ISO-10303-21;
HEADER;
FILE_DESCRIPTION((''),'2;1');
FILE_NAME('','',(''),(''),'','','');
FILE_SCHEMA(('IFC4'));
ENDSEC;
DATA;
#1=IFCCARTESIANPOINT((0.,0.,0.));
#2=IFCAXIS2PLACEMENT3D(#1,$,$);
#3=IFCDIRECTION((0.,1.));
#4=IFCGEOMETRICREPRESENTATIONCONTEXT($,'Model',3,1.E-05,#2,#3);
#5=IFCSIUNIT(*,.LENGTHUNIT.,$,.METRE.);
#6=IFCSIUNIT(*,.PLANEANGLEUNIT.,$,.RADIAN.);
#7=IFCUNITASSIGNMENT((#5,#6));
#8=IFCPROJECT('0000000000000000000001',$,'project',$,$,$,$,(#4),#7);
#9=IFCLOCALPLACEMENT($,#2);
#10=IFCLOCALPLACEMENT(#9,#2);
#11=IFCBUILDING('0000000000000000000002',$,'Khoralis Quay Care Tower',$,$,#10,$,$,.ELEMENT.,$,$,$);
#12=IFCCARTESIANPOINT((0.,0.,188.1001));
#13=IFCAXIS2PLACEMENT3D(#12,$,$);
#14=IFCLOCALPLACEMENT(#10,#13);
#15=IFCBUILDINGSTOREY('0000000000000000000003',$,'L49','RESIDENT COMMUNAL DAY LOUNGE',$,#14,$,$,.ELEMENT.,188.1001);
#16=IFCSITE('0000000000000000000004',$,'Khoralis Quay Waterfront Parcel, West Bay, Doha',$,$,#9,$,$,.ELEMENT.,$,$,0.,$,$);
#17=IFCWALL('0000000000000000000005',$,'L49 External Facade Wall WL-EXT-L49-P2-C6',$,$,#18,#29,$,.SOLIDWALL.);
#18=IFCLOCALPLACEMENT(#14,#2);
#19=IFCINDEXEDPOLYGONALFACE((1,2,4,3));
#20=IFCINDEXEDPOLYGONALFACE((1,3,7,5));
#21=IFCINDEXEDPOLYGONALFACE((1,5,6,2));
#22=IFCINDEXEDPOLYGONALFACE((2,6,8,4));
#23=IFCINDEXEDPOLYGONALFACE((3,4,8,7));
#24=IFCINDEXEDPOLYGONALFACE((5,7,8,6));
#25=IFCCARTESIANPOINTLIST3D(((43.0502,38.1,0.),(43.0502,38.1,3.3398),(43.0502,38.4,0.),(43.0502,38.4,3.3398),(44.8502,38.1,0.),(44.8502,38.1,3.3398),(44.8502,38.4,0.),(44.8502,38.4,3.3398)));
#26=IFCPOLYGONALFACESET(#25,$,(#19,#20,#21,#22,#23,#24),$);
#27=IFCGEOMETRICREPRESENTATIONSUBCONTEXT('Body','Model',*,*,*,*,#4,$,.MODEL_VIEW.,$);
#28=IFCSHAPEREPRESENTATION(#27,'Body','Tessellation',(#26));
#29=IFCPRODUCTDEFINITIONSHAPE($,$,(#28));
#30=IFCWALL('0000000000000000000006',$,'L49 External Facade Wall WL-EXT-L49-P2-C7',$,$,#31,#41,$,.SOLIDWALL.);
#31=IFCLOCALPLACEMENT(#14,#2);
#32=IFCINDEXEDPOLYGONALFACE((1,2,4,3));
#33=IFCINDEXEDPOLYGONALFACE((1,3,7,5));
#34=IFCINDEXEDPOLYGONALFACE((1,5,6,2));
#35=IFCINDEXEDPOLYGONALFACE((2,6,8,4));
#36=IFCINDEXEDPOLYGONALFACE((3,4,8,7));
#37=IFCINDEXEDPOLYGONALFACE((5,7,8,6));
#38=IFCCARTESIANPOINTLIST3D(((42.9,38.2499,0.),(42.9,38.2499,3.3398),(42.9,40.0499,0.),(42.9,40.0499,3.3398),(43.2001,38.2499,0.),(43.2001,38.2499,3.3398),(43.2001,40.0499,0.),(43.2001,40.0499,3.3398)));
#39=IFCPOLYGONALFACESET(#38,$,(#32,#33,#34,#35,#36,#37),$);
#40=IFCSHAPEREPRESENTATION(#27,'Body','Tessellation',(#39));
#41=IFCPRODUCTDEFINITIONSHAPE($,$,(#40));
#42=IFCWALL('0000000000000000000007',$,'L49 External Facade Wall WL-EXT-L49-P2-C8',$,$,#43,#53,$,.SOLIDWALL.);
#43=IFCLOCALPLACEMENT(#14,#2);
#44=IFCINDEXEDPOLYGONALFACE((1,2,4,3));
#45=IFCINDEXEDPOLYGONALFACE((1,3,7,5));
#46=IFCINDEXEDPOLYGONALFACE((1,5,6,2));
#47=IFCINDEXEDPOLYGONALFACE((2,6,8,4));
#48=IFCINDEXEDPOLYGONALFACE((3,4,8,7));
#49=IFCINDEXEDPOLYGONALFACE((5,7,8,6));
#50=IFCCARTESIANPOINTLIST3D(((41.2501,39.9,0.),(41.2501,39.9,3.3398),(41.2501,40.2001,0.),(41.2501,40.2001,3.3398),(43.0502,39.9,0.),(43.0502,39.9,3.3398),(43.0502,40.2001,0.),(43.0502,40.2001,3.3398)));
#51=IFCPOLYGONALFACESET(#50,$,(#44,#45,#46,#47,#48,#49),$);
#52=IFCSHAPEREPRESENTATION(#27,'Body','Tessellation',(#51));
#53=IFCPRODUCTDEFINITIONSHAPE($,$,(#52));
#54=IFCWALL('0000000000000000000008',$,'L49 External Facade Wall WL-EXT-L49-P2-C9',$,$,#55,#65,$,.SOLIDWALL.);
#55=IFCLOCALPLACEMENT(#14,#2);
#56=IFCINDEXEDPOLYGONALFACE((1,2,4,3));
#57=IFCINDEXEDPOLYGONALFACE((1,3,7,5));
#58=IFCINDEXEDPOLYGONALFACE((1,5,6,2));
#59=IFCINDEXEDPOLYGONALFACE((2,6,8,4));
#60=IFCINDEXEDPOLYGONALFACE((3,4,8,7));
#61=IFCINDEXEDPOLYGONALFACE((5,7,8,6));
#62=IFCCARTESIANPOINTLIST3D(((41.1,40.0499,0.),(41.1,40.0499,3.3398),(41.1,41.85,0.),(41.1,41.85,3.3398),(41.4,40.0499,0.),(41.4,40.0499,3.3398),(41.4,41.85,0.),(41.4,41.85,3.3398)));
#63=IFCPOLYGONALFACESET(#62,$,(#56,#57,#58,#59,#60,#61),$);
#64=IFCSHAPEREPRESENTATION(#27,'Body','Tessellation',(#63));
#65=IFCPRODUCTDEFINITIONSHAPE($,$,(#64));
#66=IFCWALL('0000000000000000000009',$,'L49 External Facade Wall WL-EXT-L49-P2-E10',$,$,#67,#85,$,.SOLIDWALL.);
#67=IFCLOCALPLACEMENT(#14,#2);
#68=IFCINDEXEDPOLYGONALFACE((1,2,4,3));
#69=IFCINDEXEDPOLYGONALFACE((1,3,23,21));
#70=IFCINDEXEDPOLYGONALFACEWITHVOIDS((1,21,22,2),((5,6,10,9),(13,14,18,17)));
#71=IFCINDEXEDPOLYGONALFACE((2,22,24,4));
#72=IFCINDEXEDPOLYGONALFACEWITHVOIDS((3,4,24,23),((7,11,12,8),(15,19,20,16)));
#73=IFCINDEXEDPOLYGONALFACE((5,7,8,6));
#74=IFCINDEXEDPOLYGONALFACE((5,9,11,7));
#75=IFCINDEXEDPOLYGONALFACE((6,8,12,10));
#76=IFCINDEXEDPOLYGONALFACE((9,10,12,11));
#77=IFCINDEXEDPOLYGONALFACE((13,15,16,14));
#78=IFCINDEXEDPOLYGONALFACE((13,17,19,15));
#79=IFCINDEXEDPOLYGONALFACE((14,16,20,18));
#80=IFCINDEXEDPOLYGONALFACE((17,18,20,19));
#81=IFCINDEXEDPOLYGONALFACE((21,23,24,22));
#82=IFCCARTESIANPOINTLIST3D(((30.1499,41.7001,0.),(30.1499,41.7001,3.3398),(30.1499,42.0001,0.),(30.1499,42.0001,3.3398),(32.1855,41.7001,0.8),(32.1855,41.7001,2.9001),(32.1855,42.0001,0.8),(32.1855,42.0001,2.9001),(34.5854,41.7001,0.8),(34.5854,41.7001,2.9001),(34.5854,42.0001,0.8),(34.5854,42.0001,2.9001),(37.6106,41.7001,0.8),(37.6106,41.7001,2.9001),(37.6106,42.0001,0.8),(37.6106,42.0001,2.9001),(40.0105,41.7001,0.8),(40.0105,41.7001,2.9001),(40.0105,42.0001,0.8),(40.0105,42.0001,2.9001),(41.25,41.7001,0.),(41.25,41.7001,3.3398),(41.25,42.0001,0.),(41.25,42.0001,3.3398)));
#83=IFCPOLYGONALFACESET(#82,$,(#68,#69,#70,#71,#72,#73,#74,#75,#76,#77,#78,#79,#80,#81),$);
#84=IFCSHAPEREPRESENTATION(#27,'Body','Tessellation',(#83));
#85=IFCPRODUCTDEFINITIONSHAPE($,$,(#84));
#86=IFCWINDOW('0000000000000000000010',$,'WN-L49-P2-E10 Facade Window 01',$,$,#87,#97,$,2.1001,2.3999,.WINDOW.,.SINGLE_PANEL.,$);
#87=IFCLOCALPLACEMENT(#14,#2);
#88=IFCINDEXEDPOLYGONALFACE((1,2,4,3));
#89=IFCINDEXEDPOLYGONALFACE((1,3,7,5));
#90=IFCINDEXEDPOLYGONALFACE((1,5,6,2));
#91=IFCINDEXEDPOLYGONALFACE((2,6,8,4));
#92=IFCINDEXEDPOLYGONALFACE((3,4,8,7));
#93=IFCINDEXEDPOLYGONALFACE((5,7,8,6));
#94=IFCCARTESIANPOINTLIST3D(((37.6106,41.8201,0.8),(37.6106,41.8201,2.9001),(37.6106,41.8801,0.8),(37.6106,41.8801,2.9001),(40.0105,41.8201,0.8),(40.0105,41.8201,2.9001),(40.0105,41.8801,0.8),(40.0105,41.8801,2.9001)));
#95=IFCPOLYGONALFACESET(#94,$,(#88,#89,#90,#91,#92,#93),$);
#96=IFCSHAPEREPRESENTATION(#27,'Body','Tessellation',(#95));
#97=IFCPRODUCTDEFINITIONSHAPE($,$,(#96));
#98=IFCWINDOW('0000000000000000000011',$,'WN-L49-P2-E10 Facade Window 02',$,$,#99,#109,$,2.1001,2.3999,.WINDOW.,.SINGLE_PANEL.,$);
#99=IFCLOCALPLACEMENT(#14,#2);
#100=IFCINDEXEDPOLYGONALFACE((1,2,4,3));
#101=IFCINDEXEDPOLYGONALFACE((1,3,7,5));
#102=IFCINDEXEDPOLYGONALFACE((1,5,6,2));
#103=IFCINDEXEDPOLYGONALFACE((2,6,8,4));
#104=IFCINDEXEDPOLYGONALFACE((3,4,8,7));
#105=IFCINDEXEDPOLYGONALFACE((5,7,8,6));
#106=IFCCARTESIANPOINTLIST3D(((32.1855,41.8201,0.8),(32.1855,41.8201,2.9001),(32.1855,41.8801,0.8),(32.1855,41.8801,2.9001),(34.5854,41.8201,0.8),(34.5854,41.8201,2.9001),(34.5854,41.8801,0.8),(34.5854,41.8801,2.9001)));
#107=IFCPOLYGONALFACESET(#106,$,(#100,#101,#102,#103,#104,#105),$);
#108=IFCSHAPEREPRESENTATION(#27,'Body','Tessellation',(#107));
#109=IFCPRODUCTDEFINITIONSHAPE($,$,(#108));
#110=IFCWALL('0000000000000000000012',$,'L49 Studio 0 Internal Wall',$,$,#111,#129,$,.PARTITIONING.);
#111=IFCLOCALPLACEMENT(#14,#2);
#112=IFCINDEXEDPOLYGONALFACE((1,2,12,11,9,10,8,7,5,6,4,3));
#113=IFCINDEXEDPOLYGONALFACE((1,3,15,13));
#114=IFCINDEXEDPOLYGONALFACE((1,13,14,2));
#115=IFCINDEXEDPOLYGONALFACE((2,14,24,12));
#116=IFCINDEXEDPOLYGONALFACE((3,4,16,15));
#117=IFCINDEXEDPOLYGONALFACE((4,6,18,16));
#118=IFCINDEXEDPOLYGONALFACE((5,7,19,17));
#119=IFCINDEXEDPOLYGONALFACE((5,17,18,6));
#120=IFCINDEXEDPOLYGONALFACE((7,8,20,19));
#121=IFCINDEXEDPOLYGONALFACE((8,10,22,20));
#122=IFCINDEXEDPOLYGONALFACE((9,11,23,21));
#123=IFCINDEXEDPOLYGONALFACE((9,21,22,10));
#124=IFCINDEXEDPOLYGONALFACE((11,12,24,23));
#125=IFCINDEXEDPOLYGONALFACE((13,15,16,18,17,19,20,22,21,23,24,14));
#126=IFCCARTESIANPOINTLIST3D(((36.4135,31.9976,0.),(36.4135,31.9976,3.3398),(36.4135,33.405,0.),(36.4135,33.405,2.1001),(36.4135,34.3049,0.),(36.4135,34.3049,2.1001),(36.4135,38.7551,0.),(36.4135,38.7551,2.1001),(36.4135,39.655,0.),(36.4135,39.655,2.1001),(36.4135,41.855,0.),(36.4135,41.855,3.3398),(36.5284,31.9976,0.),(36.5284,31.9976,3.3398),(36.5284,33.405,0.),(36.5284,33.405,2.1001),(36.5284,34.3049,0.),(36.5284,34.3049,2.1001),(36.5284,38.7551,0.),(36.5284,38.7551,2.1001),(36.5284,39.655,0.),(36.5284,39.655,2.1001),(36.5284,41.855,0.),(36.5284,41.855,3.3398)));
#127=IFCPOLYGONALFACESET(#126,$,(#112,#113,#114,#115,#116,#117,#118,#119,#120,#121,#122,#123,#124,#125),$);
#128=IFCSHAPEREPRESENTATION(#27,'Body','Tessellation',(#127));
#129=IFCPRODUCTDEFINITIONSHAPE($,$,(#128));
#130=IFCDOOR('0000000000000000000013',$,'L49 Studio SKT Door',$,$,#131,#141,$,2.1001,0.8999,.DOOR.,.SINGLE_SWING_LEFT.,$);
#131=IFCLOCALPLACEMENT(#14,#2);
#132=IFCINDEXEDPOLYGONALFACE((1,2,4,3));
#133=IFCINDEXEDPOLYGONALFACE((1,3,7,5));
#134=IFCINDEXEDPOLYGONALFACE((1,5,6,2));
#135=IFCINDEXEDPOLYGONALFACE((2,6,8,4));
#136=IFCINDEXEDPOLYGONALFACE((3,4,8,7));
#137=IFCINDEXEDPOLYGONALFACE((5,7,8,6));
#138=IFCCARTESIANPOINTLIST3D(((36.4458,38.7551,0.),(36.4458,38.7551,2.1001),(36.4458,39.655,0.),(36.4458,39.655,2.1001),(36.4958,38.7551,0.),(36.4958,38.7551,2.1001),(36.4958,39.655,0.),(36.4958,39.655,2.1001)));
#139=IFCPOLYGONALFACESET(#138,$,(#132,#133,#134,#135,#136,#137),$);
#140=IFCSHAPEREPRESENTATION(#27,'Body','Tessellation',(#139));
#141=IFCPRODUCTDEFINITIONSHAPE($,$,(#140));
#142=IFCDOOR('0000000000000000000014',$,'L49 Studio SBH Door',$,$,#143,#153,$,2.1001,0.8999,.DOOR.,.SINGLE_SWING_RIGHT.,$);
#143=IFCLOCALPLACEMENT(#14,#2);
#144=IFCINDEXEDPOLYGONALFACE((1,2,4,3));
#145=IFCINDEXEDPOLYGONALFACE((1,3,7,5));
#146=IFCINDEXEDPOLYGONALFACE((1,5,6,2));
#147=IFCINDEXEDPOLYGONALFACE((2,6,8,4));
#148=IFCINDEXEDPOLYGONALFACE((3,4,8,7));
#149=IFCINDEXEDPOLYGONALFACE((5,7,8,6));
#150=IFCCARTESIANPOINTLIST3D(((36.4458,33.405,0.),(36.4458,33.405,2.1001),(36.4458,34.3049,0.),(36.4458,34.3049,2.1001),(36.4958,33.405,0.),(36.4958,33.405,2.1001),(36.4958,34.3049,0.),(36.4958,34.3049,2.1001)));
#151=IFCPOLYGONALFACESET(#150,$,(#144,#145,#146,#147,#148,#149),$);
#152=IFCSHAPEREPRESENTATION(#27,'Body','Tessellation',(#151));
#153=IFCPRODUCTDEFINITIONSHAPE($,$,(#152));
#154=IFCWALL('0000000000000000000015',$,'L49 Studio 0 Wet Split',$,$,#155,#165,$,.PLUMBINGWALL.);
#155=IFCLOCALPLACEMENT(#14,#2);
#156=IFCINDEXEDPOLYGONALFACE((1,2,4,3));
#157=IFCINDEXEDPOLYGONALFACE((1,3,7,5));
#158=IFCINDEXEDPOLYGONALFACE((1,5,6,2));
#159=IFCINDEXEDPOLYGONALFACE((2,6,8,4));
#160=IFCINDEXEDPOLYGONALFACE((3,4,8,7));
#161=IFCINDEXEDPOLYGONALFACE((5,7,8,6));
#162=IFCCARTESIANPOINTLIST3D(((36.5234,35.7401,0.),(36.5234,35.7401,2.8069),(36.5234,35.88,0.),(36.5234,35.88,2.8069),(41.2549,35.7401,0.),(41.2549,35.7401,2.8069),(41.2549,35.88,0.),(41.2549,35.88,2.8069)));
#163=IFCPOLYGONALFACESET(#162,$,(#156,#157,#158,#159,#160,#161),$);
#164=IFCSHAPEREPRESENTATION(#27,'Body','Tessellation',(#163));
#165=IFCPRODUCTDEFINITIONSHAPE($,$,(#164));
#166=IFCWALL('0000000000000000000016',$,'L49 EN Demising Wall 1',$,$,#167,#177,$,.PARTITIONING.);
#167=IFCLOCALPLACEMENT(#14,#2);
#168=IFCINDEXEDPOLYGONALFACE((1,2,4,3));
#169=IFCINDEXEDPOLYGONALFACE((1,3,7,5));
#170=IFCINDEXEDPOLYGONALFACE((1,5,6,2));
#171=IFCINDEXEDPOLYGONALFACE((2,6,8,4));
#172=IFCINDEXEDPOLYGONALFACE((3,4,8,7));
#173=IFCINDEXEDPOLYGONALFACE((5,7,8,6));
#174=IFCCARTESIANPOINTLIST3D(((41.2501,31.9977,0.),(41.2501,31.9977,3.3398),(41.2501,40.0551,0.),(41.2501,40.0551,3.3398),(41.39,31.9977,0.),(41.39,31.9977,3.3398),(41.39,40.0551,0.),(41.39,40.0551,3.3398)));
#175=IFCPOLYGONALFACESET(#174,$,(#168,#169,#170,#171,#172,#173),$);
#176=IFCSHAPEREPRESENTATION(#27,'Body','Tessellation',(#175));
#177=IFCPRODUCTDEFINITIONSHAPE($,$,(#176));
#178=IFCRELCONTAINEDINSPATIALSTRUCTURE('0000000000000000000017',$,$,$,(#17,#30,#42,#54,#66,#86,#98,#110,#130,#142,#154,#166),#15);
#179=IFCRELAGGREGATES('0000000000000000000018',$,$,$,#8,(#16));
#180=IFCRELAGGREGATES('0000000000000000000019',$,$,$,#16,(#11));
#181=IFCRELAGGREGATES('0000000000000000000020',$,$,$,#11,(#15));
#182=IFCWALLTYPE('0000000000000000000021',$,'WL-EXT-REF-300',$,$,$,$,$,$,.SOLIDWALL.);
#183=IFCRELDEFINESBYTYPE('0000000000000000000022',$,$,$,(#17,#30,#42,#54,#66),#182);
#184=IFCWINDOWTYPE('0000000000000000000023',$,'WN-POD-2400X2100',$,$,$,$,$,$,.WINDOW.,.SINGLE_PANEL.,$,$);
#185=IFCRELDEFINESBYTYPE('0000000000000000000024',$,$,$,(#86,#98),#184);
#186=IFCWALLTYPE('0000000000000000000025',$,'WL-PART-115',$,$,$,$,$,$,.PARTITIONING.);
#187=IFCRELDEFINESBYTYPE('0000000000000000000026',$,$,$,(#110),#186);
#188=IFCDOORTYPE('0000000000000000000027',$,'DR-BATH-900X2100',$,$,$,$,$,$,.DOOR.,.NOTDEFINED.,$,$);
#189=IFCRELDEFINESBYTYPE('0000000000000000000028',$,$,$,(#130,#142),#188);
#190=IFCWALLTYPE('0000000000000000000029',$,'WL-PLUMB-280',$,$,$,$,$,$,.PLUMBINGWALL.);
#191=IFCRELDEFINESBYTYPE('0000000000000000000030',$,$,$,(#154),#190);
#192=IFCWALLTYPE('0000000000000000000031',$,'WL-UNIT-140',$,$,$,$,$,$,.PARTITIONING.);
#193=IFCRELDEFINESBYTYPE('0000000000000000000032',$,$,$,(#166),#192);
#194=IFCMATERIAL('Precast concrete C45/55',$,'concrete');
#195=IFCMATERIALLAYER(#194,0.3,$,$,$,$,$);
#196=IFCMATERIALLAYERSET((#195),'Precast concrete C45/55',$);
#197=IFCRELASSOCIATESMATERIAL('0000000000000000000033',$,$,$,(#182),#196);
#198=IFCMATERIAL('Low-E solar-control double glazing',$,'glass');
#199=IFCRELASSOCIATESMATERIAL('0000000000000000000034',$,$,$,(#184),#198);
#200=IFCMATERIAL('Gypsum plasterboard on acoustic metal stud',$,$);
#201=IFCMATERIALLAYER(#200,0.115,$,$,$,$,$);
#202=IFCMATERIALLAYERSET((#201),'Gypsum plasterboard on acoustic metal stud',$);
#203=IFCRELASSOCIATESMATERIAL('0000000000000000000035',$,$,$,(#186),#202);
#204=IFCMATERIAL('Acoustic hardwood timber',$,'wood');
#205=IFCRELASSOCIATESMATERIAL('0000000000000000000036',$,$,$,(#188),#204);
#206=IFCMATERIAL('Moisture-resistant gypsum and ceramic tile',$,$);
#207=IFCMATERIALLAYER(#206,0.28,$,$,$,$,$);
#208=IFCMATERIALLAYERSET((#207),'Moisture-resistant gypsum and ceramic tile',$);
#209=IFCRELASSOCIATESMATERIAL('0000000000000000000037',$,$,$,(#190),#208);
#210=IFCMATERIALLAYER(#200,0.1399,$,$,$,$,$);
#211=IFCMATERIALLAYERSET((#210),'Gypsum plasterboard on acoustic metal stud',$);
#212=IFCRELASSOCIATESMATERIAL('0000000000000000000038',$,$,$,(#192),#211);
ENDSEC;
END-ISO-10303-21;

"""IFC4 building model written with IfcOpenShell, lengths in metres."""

from ifc_helpers import new_model, si_unit, direction, frame, frame_2d, origin, place, context, subcontext, project, spatial, rectangle, extrude, source, transform, mapped, material, layer, layer_set, type_object, element, fill, save


model = new_model("IFC4")

# Units and contexts
model_context = context("Model", 3, precision=1e-05, world=origin(), true_north=direction((0.0, 1.0)))
body_context = subcontext(model_context, "Body", "Model", "MODEL_VIEW")
ifc_project = project(units=[si_unit("LENGTHUNIT", "METRE"), si_unit("PLANEANGLEUNIT", "RADIAN")], contexts=[model_context])

# Site, building, storey
site_placement = place(None, origin())
site = spatial("IfcSite", under=ifc_project, at=site_placement, Name="Khoralis Quay Waterfront Parcel, West Bay, Doha", CompositionType="ELEMENT", RefElevation=0.0)
building_placement = place(site_placement, origin())
building = spatial("IfcBuilding", under=site, at=building_placement, Name="Khoralis Quay Care Tower", CompositionType="ELEMENT")
storey_placement = place(building_placement, frame((0.0, 0.0, 188.1001)))
storey = spatial("IfcBuildingStorey", under=building, at=storey_placement, Name="L49", Description="RESIDENT COMMUNAL DAY LOUNGE", CompositionType="ELEMENT", Elevation=188.1001)

# Shared definitions
ifc_material_1 = material(Name="Gypsum plasterboard on acoustic metal stud")

# Walls
ifc_material_2 = material(Name="Precast concrete C45/55", Category="concrete")
ifc_layer_1 = layer(ifc_material_2, 0.3)
ifc_layer_set_1 = layer_set([ifc_layer_1], Name="Precast concrete C45/55")
wall_type_1 = type_object("IfcWallType", Name="WL-EXT-REF-300", PredefinedType="SOLIDWALL", material=ifc_layer_set_1)
for number, where, z_axis, x_axis, name in (
    (1, (44.8501, 38.25, 0.0), (0.0, 0.0, 1.0), (-1.0, 0.0, 0.0), "L49 External Facade Wall WL-EXT-L49-P2-C6"),
    (2, (43.05, 38.25, 0.0), (0.0, 0.0, 1.0), (0.0, 1.0, 0.0), "L49 External Facade Wall WL-EXT-L49-P2-C7"),
    (3, (43.05, 40.05, 0.0), (0.0, 0.0, 1.0), (-1.0, 0.0, 0.0), "L49 External Facade Wall WL-EXT-L49-P2-C8"),
    (4, (41.25, 40.05, 0.0), (0.0, 0.0, 1.0), (0.0, 1.0, 0.0), "L49 External Facade Wall WL-EXT-L49-P2-C9"),
):
    element("IfcWall", number, at=place(storey_placement, frame(where, z_axis=z_axis, x_axis=x_axis)), inside=storey, type_object=wall_type_1, Name=name, PredefinedType="SOLIDWALL", context=body_context, shape_type="SweptSolid", body=[
        extrude(rectangle(XDim=1.8, YDim=0.3, at=frame_2d((0.8999, 0.0))), origin(), (0.0, 0.0, 1.0), 3.3398),
    ])

# Wall, openings, windows
wall_1_placement = place(storey_placement, frame((41.25, 41.8501, 0.0), z_axis=(0.0, 0.0, 1.0), x_axis=(-1.0, 0.0, 0.0)))
wall_1 = element("IfcWall", 5, at=wall_1_placement, inside=storey, type_object=wall_type_1, Name="L49 External Facade Wall WL-EXT-L49-P2-E10", PredefinedType="SOLIDWALL", context=body_context, shape_type="SweptSolid", body=[
    extrude(rectangle(XDim=11.1001, YDim=0.3, at=frame_2d((5.55, 0.0))), origin(), (0.0, 0.0, 1.0), 3.3398),
])
opening_1_placement = place(wall_1_placement, frame((1.2395, 0.0, 0.8)))
opening_1 = element("IfcOpeningElement", 6, at=opening_1_placement, cuts=wall_1, PredefinedType="OPENING", context=body_context, shape_type="SweptSolid", body=[
    extrude(rectangle(XDim=2.3999, YDim=2.1001, at=frame_2d((1.2, 1.05))), frame((0.0, 0.1602, 0.0), z_axis=(0.0, -1.0, 0.0), x_axis=(1.0, 0.0, 0.0)), (0.0, 0.0, 1.0), 0.3201),
])
opening_2_placement = place(wall_1_placement, frame((6.6646, 0.0, 0.8)))
opening_2 = element("IfcOpeningElement", 7, at=opening_2_placement, cuts=wall_1, PredefinedType="OPENING", context=body_context, shape_type="SweptSolid", body=[
    extrude(rectangle(XDim=2.3999, YDim=2.1001, at=frame_2d((1.2, 1.05))), frame((0.0, 0.1602, 0.0), z_axis=(0.0, -1.0, 0.0), x_axis=(1.0, 0.0, 0.0)), (0.0, 0.0, 1.0), 0.3201),
])
ifc_material_3 = material(Name="Low-E solar-control double glazing", Category="glass")
window_type = type_object("IfcWindowType", Name="WN-POD-2400X2100", PartitioningType="SINGLE_PANEL", PredefinedType="WINDOW", material=ifc_material_3)
shared_shape_1 = source(origin(), body_context, "Body", "SweptSolid", [
    extrude(rectangle(XDim=2.3999, YDim=2.1001, at=frame_2d((1.2, 1.05))), frame((0.0, 0.03, 0.0), z_axis=(0.0, -1.0, 0.0), x_axis=(1.0, 0.0, 0.0)), (0.0, 0.0, 1.0), 0.0601),
])
window_1_placement = place(opening_1_placement, origin())
window_1 = element("IfcWindow", 8, at=window_1_placement, inside=storey, type_object=window_type, Name="WN-L49-P2-E10 Facade Window 01", OverallHeight=2.1001, OverallWidth=2.3999, PartitioningType="SINGLE_PANEL", PredefinedType="WINDOW", context=body_context, shape_type="MappedRepresentation", body=[
    mapped(shared_shape_1, transform((0.0, 0.0, 0.0), scale=1.0)),
])
fill(opening_1, window_1)
window_2_placement = place(opening_2_placement, origin())
window_2 = element("IfcWindow", 9, at=window_2_placement, inside=storey, type_object=window_type, Name="WN-L49-P2-E10 Facade Window 02", OverallHeight=2.1001, OverallWidth=2.3999, PartitioningType="SINGLE_PANEL", PredefinedType="WINDOW", context=body_context, shape_type="MappedRepresentation", body=[
    mapped(shared_shape_1, transform((0.0, 0.0, 0.0), scale=1.0)),
])
fill(opening_2, window_2)

# Wall, openings, doors
ifc_layer_2 = layer(ifc_material_1, 0.115)
ifc_layer_set_2 = layer_set([ifc_layer_2], Name="Gypsum plasterboard on acoustic metal stud")
wall_type_2 = type_object("IfcWallType", Name="WL-PART-115", PredefinedType="PARTITIONING", material=ifc_layer_set_2)
wall_2_placement = place(storey_placement, frame((36.4709, 31.9976, 0.0), z_axis=(0.0, 0.0, 1.0), x_axis=(0.0, 1.0, 0.0)))
wall_2 = element("IfcWall", 10, at=wall_2_placement, inside=storey, type_object=wall_type_2, Name="L49 Studio 0 Internal Wall", PredefinedType="PARTITIONING", context=body_context, shape_type="SweptSolid", body=[
    extrude(rectangle(XDim=9.8574, YDim=0.115, at=frame_2d((4.9287, 0.0))), origin(), (0.0, 0.0, 1.0), 3.3398),
])
opening_3_placement = place(wall_2_placement, frame((6.7576, 0.0, 0.0)))
opening_3 = element("IfcOpeningElement", 11, at=opening_3_placement, cuts=wall_2, PredefinedType="OPENING", context=body_context, shape_type="SweptSolid", body=[
    extrude(rectangle(XDim=0.8999, YDim=2.1001, at=frame_2d((0.45, 1.05))), frame((0.0, 0.0674, 0.0), z_axis=(0.0, -1.0, 0.0), x_axis=(1.0, 0.0, 0.0)), (0.0, 0.0, 1.0), 0.135),
])
opening_4_placement = place(wall_2_placement, frame((1.4075, 0.0, 0.0)))
opening_4 = element("IfcOpeningElement", 12, at=opening_4_placement, cuts=wall_2, PredefinedType="OPENING", context=body_context, shape_type="SweptSolid", body=[
    extrude(rectangle(XDim=0.8999, YDim=2.1001, at=frame_2d((0.45, 1.05))), frame((0.0, 0.0674, 0.0), z_axis=(0.0, -1.0, 0.0), x_axis=(1.0, 0.0, 0.0)), (0.0, 0.0, 1.0), 0.135),
])
ifc_material_4 = material(Name="Acoustic hardwood timber", Category="wood")
door_type_1 = type_object("IfcDoorType", Name="DR-BATH-900X2100", OperationType="NOTDEFINED", PredefinedType="DOOR", material=ifc_material_4)
shared_shape_2 = source(origin(), body_context, "Body", "SweptSolid", [
    extrude(rectangle(XDim=0.8999, YDim=2.1001, at=frame_2d((0.45, 1.05))), frame((0.0, 0.0249, 0.0), z_axis=(0.0, -1.0, 0.0), x_axis=(1.0, 0.0, 0.0)), (0.0, 0.0, 1.0), 0.05),
])
door_1_placement = place(opening_3_placement, frame((0.8999, 0.0, 0.0), z_axis=(0.0, 0.0, 1.0), x_axis=(-1.0, 0.0, 0.0)))
door_1 = element("IfcDoor", 13, at=door_1_placement, inside=storey, type_object=door_type_1, Name="L49 Studio SKT Door", OperationType="SINGLE_SWING_LEFT", OverallHeight=2.1001, OverallWidth=0.8999, PredefinedType="DOOR", context=body_context, shape_type="MappedRepresentation", body=[
    mapped(shared_shape_2, transform((0.0, 0.0, 0.0), scale=1.0)),
])
fill(opening_3, door_1)
door_2_placement = place(opening_4_placement, frame((0.8999, 0.0, 0.0), z_axis=(0.0, 0.0, 1.0), x_axis=(-1.0, 0.0, 0.0)))
door_2 = element("IfcDoor", 14, at=door_2_placement, inside=storey, type_object=door_type_1, Name="L49 Studio SBH Door", OperationType="SINGLE_SWING_RIGHT", OverallHeight=2.1001, OverallWidth=0.8999, PredefinedType="DOOR", context=body_context, shape_type="MappedRepresentation", body=[
    mapped(shared_shape_2, transform((0.0, 0.0, 0.0), scale=1.0)),
])
fill(opening_4, door_2)

# Walls
ifc_material_5 = material(Name="Moisture-resistant gypsum and ceramic tile")
ifc_layer_3 = layer(ifc_material_5, 0.28)
ifc_layer_set_3 = layer_set([ifc_layer_3], Name="Moisture-resistant gypsum and ceramic tile")
wall_type_3 = type_object("IfcWallType", Name="WL-PLUMB-280", PredefinedType="PLUMBINGWALL", material=ifc_layer_set_3)
wall_3_placement = place(storey_placement, frame((36.5234, 35.8101, 0.0), z_axis=(0.0, 0.0, 1.0), x_axis=(1.0, 0.0, 0.0)))
element("IfcWall", 15, at=wall_3_placement, inside=storey, type_object=wall_type_3, Name="L49 Studio 0 Wet Split", PredefinedType="PLUMBINGWALL", context=body_context, shape_type="SweptSolid", body=[
    extrude(rectangle(XDim=4.7314, YDim=0.1399, at=frame_2d((2.3657, 0.0))), origin(), (0.0, 0.0, 1.0), 2.8069),
])
ifc_layer_4 = layer(ifc_material_1, 0.1399)
ifc_layer_set_4 = layer_set([ifc_layer_4], Name="Gypsum plasterboard on acoustic metal stud")
wall_type_4 = type_object("IfcWallType", Name="WL-UNIT-140", PredefinedType="PARTITIONING", material=ifc_layer_set_4)
wall_4_placement = place(storey_placement, frame((41.3201, 31.9976, 0.0), z_axis=(0.0, 0.0, 1.0), x_axis=(0.0, 1.0, 0.0)))
element("IfcWall", 16, at=wall_4_placement, inside=storey, type_object=wall_type_4, Name="L49 EN Demising Wall 1", PredefinedType="PARTITIONING", context=body_context, shape_type="SweptSolid", body=[
    extrude(rectangle(XDim=8.0574, YDim=0.1399, at=frame_2d((4.0288, 0.0))), origin(), (0.0, 0.0, 1.0), 3.3398),
])

save(model, "model.ifc")
